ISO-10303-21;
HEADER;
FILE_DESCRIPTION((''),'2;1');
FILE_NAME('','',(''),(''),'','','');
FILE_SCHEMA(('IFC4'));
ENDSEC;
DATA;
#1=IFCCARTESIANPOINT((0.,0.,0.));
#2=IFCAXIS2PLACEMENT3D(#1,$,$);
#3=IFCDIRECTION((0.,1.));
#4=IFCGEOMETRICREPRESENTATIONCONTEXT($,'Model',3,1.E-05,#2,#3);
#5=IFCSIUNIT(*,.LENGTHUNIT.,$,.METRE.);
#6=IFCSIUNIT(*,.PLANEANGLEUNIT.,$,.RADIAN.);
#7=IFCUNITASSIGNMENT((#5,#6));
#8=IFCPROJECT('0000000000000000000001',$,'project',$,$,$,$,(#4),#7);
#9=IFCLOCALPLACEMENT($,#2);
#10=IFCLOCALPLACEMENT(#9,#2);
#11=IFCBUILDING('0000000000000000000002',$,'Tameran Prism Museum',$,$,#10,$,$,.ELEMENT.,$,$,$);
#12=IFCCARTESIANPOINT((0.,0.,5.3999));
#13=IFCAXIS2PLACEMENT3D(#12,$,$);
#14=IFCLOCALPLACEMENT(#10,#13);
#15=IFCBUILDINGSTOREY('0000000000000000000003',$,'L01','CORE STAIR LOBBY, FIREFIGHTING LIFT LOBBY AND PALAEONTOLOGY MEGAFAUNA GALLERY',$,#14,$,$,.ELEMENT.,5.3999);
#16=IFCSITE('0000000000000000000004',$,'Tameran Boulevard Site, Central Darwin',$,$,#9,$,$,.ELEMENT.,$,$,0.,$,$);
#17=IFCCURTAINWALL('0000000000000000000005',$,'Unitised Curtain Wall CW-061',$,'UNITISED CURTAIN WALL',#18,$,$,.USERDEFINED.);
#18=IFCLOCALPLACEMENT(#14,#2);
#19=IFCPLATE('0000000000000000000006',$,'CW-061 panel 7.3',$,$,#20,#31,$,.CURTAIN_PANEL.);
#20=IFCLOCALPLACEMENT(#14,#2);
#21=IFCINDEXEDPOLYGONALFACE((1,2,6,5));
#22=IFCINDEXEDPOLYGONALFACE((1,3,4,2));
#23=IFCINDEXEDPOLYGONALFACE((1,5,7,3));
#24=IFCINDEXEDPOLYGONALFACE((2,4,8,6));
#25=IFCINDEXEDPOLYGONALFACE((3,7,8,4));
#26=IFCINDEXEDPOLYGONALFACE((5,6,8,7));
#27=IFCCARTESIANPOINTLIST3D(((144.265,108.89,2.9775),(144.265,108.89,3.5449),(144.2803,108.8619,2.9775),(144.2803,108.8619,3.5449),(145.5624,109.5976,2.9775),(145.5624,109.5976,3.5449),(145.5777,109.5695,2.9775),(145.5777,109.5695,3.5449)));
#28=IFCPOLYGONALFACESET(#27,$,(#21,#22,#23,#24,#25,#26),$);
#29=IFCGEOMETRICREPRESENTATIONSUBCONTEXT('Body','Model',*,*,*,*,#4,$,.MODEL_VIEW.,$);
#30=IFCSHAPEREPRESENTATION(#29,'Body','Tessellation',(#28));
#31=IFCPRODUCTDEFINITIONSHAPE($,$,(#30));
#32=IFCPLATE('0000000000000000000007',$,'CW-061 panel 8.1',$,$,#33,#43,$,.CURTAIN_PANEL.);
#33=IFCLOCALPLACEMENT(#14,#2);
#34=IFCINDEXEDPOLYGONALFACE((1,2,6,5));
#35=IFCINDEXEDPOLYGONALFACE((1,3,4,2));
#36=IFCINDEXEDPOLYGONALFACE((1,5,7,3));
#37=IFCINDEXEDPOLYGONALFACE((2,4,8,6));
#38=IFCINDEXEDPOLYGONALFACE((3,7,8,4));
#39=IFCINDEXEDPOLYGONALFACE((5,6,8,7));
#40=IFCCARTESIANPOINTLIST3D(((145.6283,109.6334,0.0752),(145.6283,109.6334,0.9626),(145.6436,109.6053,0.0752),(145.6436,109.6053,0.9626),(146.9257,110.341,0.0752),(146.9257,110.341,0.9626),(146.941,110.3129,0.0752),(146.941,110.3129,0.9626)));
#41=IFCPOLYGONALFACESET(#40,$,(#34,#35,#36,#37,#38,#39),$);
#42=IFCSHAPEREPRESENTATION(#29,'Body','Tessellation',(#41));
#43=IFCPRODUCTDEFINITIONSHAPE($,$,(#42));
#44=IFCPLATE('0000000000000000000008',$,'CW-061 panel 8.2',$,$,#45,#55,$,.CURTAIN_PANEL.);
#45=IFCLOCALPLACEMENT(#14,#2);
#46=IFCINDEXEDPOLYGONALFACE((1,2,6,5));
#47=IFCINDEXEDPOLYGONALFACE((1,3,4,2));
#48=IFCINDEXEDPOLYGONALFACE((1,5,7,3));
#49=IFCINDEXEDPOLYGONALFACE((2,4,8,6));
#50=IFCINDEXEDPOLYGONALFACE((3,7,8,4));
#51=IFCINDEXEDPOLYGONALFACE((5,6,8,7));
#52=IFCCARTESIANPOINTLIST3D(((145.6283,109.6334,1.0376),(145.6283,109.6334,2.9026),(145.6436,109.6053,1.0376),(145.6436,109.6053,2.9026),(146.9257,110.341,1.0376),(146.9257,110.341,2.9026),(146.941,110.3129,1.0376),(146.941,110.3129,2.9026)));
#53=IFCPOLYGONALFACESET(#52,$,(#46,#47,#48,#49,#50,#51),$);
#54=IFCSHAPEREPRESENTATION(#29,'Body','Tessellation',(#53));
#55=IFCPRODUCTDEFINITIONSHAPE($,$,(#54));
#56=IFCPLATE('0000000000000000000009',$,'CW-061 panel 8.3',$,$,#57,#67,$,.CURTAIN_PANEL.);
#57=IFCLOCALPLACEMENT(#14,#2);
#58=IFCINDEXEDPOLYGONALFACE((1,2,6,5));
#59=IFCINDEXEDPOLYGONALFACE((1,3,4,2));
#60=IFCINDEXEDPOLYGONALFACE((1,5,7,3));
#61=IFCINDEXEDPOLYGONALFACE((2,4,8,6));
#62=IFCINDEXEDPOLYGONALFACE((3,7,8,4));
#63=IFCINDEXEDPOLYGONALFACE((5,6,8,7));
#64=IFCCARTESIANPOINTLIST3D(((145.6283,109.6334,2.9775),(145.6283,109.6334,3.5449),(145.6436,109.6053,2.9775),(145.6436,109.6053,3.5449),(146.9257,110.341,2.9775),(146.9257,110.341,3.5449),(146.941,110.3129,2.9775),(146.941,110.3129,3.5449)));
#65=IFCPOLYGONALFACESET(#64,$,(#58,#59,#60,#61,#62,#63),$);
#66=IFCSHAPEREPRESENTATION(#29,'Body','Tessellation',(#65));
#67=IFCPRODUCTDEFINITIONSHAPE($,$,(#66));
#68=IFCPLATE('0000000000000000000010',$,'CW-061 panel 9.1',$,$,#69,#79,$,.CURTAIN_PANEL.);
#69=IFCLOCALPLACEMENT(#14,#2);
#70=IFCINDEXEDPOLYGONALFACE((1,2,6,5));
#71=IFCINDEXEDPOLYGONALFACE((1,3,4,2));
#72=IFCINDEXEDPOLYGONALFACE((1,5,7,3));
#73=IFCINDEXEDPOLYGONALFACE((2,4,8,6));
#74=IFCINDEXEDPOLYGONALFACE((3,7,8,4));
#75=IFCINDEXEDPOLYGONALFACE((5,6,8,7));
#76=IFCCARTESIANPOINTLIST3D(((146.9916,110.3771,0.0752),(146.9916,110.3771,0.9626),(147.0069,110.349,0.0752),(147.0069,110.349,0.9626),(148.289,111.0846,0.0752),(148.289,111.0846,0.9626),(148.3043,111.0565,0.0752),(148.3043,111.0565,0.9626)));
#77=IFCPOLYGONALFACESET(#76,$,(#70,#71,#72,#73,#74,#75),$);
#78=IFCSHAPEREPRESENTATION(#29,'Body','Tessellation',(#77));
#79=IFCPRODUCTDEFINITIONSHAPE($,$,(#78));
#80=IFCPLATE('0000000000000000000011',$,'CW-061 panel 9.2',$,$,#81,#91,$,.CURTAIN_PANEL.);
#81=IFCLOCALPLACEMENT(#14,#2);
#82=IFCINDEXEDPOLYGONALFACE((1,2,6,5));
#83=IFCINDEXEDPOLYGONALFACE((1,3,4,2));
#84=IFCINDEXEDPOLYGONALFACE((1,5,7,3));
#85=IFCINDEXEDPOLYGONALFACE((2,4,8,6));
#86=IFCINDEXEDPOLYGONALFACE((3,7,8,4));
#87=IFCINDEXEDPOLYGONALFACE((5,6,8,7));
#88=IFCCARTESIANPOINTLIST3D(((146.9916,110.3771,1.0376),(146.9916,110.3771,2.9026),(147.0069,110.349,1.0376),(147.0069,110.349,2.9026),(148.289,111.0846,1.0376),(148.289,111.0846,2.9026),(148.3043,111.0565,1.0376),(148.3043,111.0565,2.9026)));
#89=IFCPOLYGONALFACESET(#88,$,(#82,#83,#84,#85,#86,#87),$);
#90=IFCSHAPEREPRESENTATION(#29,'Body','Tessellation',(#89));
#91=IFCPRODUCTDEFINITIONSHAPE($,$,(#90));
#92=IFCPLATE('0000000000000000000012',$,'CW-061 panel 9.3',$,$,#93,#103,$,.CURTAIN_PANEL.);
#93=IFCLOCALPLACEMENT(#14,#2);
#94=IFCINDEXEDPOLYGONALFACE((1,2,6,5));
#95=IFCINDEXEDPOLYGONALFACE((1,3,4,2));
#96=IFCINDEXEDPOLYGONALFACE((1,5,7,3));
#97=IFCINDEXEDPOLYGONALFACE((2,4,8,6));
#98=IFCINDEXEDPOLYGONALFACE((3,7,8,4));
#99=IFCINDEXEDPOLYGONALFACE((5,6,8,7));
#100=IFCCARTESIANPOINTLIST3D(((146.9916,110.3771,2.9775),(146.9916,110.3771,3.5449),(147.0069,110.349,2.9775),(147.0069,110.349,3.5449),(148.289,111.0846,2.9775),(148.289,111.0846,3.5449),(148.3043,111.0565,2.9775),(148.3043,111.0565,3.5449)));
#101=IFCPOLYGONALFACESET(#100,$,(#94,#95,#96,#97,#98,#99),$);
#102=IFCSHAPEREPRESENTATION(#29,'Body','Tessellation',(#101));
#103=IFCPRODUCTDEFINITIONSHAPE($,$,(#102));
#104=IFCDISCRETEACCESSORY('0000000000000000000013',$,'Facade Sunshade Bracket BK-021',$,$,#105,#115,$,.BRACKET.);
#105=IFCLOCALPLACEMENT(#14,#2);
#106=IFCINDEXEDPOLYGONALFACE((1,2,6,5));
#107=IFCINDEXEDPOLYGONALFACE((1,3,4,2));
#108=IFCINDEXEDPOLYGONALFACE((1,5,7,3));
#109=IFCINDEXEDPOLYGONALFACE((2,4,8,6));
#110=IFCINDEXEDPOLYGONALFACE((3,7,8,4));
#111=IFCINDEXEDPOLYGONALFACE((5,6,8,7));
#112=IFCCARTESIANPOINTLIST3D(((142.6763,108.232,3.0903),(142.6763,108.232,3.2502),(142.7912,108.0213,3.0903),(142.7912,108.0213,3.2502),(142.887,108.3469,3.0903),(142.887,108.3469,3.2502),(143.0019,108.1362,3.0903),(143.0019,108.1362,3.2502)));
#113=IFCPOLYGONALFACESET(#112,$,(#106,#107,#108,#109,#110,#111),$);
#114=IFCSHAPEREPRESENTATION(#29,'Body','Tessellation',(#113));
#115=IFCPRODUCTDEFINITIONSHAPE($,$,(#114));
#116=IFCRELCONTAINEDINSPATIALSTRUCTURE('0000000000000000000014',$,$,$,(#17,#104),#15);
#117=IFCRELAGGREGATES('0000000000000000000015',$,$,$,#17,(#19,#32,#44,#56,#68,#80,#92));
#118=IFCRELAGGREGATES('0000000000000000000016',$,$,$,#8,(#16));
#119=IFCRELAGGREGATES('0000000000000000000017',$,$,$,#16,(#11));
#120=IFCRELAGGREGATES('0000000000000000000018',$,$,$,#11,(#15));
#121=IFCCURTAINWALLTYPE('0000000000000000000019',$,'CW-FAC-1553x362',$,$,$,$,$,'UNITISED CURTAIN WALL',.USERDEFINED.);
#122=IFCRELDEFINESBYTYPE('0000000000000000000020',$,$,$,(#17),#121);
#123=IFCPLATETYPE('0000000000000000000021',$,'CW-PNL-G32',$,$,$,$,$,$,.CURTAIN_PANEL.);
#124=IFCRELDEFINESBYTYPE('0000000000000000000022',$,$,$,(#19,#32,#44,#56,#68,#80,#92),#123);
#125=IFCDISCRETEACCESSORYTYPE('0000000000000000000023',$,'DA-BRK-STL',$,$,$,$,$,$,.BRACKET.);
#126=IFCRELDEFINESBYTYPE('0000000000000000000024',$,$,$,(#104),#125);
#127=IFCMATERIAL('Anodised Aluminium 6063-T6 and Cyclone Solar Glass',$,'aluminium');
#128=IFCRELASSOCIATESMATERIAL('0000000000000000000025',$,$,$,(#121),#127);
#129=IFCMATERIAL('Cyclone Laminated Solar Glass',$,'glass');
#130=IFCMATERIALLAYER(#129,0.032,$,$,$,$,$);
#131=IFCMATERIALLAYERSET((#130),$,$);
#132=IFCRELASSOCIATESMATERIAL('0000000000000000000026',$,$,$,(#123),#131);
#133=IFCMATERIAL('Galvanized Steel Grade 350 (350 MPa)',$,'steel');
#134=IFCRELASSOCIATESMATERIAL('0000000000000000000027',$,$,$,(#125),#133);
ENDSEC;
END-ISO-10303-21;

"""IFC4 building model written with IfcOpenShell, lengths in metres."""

from ifc_helpers import new_model, si_unit, direction, frame, origin, origin_2d, place, context, subcontext, project, spatial, rectangle, extrude, material, layer, layer_set, type_object, element, aggregate, save


model = new_model("IFC4")

# Units and contexts
model_context = context("Model", 3, precision=1e-05, world=origin(), true_north=direction((0.0, 1.0)))
body_context = subcontext(model_context, "Body", "Model", "MODEL_VIEW")
ifc_project = project(units=[si_unit("LENGTHUNIT", "METRE"), si_unit("PLANEANGLEUNIT", "RADIAN")], contexts=[model_context])

# Site, building, storey
site_placement = place(None, origin())
site = spatial("IfcSite", under=ifc_project, at=site_placement, Name="Tameran Boulevard Site, Central Darwin", CompositionType="ELEMENT", RefElevation=0.0)
building_placement = place(site_placement, origin())
building = spatial("IfcBuilding", under=site, at=building_placement, Name="Tameran Prism Museum", CompositionType="ELEMENT")
storey_placement = place(building_placement, frame((0.0, 0.0, 5.3999)))
storey = spatial("IfcBuildingStorey", under=building, at=storey_placement, Name="L01", Description="CORE STAIR LOBBY, FIREFIGHTING LIFT LOBBY AND PALAEONTOLOGY MEGAFAUNA GALLERY", CompositionType="ELEMENT", Elevation=5.3999)

# Curtain wall, plates
ifc_material_1 = material(Name="Anodised Aluminium 6063-T6 and Cyclone Solar Glass", Category="aluminium")
curtain_wall_type = type_object("IfcCurtainWallType", Name="CW-FAC-1553x362", ElementType="UNITISED CURTAIN WALL", PredefinedType="USERDEFINED", material=ifc_material_1)
curtain_wall_placement = place(storey_placement, origin())
curtain_wall = element("IfcCurtainWall", 1, at=curtain_wall_placement, inside=storey, type_object=curtain_wall_type, Name="Unitised Curtain Wall CW-061", ObjectType="UNITISED CURTAIN WALL", PredefinedType="USERDEFINED")
ifc_material_2 = material(Name="Cyclone Laminated Solar Glass", Category="glass")
ifc_layer = layer(ifc_material_2, 0.032)
ifc_layer_set = layer_set([ifc_layer])
plate_type = type_object("IfcPlateType", Name="CW-PNL-G32", PredefinedType="CURTAIN_PANEL", material=ifc_layer_set)
plate_1_placement = place(storey_placement, frame((144.9214, 109.2297, 2.9775), z_axis=(0.0, 0.0, 1.0), x_axis=(0.877928, 0.478793, 0.0)))
plate_1 = element("IfcPlate", 2, at=plate_1_placement, type_object=plate_type, Name="CW-061 panel 7.3", PredefinedType="CURTAIN_PANEL", context=body_context, shape_type="SweptSolid", body=[
    extrude(rectangle(XDim=1.4778, YDim=0.032, at=origin_2d()), origin(), (0.0, 0.0, 1.0), 0.5674),
])
plate_2_placement = place(storey_placement, frame((146.2847, 109.9731, 0.0752), z_axis=(0.0, 0.0, 1.0), x_axis=(0.877928, 0.478793, 0.0)))
plate_2 = element("IfcPlate", 3, at=plate_2_placement, type_object=plate_type, Name="CW-061 panel 8.1", PredefinedType="CURTAIN_PANEL", context=body_context, shape_type="SweptSolid", body=[
    extrude(rectangle(XDim=1.4778, YDim=0.032, at=origin_2d()), origin(), (0.0, 0.0, 1.0), 0.8875),
])
plate_3_placement = place(storey_placement, frame((146.2847, 109.9731, 1.0376), z_axis=(0.0, 0.0, 1.0), x_axis=(0.877928, 0.478793, 0.0)))
plate_3 = element("IfcPlate", 4, at=plate_3_placement, type_object=plate_type, Name="CW-061 panel 8.2", PredefinedType="CURTAIN_PANEL", context=body_context, shape_type="SweptSolid", body=[
    extrude(rectangle(XDim=1.4778, YDim=0.032, at=origin_2d()), origin(), (0.0, 0.0, 1.0), 1.865),
])
plate_4_placement = place(storey_placement, frame((146.2847, 109.9731, 2.9775), z_axis=(0.0, 0.0, 1.0), x_axis=(0.877928, 0.478793, 0.0)))
plate_4 = element("IfcPlate", 5, at=plate_4_placement, type_object=plate_type, Name="CW-061 panel 8.3", PredefinedType="CURTAIN_PANEL", context=body_context, shape_type="SweptSolid", body=[
    extrude(rectangle(XDim=1.4778, YDim=0.032, at=origin_2d()), origin(), (0.0, 0.0, 1.0), 0.5674),
])
plate_5_placement = place(storey_placement, frame((147.6479, 110.7168, 0.0752), z_axis=(0.0, 0.0, 1.0), x_axis=(0.877928, 0.478793, 0.0)))
plate_5 = element("IfcPlate", 6, at=plate_5_placement, type_object=plate_type, Name="CW-061 panel 9.1", PredefinedType="CURTAIN_PANEL", context=body_context, shape_type="SweptSolid", body=[
    extrude(rectangle(XDim=1.4778, YDim=0.032, at=origin_2d()), origin(), (0.0, 0.0, 1.0), 0.8875),
])
plate_6_placement = place(storey_placement, frame((147.6479, 110.7168, 1.0376), z_axis=(0.0, 0.0, 1.0), x_axis=(0.877928, 0.478793, 0.0)))
plate_6 = element("IfcPlate", 7, at=plate_6_placement, type_object=plate_type, Name="CW-061 panel 9.2", PredefinedType="CURTAIN_PANEL", context=body_context, shape_type="SweptSolid", body=[
    extrude(rectangle(XDim=1.4778, YDim=0.032, at=origin_2d()), origin(), (0.0, 0.0, 1.0), 1.865),
])
plate_7_placement = place(storey_placement, frame((147.6479, 110.7168, 2.9775), z_axis=(0.0, 0.0, 1.0), x_axis=(0.877928, 0.478793, 0.0)))
plate_7 = element("IfcPlate", 8, at=plate_7_placement, type_object=plate_type, Name="CW-061 panel 9.3", PredefinedType="CURTAIN_PANEL", context=body_context, shape_type="SweptSolid", body=[
    extrude(rectangle(XDim=1.4778, YDim=0.032, at=origin_2d()), origin(), (0.0, 0.0, 1.0), 0.5674),
])
aggregate(curtain_wall, [plate_1, plate_2, plate_3, plate_4, plate_5, plate_6, plate_7])

# Discrete accessory
ifc_material_3 = material(Name="Galvanized Steel Grade 350 (350 MPa)", Category="steel")
discrete_accessory_type = type_object("IfcDiscreteAccessoryType", Name="DA-BRK-STL", PredefinedType="BRACKET", material=ifc_material_3)
discrete_accessory_placement = place(storey_placement, frame((142.8391, 108.1841, 3.0903), z_axis=(0.0, 0.0, 1.0), x_axis=(0.877899, 0.478845, 0.0)))
element("IfcDiscreteAccessory", 9, at=discrete_accessory_placement, inside=storey, type_object=discrete_accessory_type, Name="Facade Sunshade Bracket BK-021", PredefinedType="BRACKET", context=body_context, shape_type="SweptSolid", body=[
    extrude(rectangle(XDim=0.24, YDim=0.24, at=origin_2d()), origin(), (0.0, 0.0, 1.0), 0.1599),
])

save(model, "model.ifc")
